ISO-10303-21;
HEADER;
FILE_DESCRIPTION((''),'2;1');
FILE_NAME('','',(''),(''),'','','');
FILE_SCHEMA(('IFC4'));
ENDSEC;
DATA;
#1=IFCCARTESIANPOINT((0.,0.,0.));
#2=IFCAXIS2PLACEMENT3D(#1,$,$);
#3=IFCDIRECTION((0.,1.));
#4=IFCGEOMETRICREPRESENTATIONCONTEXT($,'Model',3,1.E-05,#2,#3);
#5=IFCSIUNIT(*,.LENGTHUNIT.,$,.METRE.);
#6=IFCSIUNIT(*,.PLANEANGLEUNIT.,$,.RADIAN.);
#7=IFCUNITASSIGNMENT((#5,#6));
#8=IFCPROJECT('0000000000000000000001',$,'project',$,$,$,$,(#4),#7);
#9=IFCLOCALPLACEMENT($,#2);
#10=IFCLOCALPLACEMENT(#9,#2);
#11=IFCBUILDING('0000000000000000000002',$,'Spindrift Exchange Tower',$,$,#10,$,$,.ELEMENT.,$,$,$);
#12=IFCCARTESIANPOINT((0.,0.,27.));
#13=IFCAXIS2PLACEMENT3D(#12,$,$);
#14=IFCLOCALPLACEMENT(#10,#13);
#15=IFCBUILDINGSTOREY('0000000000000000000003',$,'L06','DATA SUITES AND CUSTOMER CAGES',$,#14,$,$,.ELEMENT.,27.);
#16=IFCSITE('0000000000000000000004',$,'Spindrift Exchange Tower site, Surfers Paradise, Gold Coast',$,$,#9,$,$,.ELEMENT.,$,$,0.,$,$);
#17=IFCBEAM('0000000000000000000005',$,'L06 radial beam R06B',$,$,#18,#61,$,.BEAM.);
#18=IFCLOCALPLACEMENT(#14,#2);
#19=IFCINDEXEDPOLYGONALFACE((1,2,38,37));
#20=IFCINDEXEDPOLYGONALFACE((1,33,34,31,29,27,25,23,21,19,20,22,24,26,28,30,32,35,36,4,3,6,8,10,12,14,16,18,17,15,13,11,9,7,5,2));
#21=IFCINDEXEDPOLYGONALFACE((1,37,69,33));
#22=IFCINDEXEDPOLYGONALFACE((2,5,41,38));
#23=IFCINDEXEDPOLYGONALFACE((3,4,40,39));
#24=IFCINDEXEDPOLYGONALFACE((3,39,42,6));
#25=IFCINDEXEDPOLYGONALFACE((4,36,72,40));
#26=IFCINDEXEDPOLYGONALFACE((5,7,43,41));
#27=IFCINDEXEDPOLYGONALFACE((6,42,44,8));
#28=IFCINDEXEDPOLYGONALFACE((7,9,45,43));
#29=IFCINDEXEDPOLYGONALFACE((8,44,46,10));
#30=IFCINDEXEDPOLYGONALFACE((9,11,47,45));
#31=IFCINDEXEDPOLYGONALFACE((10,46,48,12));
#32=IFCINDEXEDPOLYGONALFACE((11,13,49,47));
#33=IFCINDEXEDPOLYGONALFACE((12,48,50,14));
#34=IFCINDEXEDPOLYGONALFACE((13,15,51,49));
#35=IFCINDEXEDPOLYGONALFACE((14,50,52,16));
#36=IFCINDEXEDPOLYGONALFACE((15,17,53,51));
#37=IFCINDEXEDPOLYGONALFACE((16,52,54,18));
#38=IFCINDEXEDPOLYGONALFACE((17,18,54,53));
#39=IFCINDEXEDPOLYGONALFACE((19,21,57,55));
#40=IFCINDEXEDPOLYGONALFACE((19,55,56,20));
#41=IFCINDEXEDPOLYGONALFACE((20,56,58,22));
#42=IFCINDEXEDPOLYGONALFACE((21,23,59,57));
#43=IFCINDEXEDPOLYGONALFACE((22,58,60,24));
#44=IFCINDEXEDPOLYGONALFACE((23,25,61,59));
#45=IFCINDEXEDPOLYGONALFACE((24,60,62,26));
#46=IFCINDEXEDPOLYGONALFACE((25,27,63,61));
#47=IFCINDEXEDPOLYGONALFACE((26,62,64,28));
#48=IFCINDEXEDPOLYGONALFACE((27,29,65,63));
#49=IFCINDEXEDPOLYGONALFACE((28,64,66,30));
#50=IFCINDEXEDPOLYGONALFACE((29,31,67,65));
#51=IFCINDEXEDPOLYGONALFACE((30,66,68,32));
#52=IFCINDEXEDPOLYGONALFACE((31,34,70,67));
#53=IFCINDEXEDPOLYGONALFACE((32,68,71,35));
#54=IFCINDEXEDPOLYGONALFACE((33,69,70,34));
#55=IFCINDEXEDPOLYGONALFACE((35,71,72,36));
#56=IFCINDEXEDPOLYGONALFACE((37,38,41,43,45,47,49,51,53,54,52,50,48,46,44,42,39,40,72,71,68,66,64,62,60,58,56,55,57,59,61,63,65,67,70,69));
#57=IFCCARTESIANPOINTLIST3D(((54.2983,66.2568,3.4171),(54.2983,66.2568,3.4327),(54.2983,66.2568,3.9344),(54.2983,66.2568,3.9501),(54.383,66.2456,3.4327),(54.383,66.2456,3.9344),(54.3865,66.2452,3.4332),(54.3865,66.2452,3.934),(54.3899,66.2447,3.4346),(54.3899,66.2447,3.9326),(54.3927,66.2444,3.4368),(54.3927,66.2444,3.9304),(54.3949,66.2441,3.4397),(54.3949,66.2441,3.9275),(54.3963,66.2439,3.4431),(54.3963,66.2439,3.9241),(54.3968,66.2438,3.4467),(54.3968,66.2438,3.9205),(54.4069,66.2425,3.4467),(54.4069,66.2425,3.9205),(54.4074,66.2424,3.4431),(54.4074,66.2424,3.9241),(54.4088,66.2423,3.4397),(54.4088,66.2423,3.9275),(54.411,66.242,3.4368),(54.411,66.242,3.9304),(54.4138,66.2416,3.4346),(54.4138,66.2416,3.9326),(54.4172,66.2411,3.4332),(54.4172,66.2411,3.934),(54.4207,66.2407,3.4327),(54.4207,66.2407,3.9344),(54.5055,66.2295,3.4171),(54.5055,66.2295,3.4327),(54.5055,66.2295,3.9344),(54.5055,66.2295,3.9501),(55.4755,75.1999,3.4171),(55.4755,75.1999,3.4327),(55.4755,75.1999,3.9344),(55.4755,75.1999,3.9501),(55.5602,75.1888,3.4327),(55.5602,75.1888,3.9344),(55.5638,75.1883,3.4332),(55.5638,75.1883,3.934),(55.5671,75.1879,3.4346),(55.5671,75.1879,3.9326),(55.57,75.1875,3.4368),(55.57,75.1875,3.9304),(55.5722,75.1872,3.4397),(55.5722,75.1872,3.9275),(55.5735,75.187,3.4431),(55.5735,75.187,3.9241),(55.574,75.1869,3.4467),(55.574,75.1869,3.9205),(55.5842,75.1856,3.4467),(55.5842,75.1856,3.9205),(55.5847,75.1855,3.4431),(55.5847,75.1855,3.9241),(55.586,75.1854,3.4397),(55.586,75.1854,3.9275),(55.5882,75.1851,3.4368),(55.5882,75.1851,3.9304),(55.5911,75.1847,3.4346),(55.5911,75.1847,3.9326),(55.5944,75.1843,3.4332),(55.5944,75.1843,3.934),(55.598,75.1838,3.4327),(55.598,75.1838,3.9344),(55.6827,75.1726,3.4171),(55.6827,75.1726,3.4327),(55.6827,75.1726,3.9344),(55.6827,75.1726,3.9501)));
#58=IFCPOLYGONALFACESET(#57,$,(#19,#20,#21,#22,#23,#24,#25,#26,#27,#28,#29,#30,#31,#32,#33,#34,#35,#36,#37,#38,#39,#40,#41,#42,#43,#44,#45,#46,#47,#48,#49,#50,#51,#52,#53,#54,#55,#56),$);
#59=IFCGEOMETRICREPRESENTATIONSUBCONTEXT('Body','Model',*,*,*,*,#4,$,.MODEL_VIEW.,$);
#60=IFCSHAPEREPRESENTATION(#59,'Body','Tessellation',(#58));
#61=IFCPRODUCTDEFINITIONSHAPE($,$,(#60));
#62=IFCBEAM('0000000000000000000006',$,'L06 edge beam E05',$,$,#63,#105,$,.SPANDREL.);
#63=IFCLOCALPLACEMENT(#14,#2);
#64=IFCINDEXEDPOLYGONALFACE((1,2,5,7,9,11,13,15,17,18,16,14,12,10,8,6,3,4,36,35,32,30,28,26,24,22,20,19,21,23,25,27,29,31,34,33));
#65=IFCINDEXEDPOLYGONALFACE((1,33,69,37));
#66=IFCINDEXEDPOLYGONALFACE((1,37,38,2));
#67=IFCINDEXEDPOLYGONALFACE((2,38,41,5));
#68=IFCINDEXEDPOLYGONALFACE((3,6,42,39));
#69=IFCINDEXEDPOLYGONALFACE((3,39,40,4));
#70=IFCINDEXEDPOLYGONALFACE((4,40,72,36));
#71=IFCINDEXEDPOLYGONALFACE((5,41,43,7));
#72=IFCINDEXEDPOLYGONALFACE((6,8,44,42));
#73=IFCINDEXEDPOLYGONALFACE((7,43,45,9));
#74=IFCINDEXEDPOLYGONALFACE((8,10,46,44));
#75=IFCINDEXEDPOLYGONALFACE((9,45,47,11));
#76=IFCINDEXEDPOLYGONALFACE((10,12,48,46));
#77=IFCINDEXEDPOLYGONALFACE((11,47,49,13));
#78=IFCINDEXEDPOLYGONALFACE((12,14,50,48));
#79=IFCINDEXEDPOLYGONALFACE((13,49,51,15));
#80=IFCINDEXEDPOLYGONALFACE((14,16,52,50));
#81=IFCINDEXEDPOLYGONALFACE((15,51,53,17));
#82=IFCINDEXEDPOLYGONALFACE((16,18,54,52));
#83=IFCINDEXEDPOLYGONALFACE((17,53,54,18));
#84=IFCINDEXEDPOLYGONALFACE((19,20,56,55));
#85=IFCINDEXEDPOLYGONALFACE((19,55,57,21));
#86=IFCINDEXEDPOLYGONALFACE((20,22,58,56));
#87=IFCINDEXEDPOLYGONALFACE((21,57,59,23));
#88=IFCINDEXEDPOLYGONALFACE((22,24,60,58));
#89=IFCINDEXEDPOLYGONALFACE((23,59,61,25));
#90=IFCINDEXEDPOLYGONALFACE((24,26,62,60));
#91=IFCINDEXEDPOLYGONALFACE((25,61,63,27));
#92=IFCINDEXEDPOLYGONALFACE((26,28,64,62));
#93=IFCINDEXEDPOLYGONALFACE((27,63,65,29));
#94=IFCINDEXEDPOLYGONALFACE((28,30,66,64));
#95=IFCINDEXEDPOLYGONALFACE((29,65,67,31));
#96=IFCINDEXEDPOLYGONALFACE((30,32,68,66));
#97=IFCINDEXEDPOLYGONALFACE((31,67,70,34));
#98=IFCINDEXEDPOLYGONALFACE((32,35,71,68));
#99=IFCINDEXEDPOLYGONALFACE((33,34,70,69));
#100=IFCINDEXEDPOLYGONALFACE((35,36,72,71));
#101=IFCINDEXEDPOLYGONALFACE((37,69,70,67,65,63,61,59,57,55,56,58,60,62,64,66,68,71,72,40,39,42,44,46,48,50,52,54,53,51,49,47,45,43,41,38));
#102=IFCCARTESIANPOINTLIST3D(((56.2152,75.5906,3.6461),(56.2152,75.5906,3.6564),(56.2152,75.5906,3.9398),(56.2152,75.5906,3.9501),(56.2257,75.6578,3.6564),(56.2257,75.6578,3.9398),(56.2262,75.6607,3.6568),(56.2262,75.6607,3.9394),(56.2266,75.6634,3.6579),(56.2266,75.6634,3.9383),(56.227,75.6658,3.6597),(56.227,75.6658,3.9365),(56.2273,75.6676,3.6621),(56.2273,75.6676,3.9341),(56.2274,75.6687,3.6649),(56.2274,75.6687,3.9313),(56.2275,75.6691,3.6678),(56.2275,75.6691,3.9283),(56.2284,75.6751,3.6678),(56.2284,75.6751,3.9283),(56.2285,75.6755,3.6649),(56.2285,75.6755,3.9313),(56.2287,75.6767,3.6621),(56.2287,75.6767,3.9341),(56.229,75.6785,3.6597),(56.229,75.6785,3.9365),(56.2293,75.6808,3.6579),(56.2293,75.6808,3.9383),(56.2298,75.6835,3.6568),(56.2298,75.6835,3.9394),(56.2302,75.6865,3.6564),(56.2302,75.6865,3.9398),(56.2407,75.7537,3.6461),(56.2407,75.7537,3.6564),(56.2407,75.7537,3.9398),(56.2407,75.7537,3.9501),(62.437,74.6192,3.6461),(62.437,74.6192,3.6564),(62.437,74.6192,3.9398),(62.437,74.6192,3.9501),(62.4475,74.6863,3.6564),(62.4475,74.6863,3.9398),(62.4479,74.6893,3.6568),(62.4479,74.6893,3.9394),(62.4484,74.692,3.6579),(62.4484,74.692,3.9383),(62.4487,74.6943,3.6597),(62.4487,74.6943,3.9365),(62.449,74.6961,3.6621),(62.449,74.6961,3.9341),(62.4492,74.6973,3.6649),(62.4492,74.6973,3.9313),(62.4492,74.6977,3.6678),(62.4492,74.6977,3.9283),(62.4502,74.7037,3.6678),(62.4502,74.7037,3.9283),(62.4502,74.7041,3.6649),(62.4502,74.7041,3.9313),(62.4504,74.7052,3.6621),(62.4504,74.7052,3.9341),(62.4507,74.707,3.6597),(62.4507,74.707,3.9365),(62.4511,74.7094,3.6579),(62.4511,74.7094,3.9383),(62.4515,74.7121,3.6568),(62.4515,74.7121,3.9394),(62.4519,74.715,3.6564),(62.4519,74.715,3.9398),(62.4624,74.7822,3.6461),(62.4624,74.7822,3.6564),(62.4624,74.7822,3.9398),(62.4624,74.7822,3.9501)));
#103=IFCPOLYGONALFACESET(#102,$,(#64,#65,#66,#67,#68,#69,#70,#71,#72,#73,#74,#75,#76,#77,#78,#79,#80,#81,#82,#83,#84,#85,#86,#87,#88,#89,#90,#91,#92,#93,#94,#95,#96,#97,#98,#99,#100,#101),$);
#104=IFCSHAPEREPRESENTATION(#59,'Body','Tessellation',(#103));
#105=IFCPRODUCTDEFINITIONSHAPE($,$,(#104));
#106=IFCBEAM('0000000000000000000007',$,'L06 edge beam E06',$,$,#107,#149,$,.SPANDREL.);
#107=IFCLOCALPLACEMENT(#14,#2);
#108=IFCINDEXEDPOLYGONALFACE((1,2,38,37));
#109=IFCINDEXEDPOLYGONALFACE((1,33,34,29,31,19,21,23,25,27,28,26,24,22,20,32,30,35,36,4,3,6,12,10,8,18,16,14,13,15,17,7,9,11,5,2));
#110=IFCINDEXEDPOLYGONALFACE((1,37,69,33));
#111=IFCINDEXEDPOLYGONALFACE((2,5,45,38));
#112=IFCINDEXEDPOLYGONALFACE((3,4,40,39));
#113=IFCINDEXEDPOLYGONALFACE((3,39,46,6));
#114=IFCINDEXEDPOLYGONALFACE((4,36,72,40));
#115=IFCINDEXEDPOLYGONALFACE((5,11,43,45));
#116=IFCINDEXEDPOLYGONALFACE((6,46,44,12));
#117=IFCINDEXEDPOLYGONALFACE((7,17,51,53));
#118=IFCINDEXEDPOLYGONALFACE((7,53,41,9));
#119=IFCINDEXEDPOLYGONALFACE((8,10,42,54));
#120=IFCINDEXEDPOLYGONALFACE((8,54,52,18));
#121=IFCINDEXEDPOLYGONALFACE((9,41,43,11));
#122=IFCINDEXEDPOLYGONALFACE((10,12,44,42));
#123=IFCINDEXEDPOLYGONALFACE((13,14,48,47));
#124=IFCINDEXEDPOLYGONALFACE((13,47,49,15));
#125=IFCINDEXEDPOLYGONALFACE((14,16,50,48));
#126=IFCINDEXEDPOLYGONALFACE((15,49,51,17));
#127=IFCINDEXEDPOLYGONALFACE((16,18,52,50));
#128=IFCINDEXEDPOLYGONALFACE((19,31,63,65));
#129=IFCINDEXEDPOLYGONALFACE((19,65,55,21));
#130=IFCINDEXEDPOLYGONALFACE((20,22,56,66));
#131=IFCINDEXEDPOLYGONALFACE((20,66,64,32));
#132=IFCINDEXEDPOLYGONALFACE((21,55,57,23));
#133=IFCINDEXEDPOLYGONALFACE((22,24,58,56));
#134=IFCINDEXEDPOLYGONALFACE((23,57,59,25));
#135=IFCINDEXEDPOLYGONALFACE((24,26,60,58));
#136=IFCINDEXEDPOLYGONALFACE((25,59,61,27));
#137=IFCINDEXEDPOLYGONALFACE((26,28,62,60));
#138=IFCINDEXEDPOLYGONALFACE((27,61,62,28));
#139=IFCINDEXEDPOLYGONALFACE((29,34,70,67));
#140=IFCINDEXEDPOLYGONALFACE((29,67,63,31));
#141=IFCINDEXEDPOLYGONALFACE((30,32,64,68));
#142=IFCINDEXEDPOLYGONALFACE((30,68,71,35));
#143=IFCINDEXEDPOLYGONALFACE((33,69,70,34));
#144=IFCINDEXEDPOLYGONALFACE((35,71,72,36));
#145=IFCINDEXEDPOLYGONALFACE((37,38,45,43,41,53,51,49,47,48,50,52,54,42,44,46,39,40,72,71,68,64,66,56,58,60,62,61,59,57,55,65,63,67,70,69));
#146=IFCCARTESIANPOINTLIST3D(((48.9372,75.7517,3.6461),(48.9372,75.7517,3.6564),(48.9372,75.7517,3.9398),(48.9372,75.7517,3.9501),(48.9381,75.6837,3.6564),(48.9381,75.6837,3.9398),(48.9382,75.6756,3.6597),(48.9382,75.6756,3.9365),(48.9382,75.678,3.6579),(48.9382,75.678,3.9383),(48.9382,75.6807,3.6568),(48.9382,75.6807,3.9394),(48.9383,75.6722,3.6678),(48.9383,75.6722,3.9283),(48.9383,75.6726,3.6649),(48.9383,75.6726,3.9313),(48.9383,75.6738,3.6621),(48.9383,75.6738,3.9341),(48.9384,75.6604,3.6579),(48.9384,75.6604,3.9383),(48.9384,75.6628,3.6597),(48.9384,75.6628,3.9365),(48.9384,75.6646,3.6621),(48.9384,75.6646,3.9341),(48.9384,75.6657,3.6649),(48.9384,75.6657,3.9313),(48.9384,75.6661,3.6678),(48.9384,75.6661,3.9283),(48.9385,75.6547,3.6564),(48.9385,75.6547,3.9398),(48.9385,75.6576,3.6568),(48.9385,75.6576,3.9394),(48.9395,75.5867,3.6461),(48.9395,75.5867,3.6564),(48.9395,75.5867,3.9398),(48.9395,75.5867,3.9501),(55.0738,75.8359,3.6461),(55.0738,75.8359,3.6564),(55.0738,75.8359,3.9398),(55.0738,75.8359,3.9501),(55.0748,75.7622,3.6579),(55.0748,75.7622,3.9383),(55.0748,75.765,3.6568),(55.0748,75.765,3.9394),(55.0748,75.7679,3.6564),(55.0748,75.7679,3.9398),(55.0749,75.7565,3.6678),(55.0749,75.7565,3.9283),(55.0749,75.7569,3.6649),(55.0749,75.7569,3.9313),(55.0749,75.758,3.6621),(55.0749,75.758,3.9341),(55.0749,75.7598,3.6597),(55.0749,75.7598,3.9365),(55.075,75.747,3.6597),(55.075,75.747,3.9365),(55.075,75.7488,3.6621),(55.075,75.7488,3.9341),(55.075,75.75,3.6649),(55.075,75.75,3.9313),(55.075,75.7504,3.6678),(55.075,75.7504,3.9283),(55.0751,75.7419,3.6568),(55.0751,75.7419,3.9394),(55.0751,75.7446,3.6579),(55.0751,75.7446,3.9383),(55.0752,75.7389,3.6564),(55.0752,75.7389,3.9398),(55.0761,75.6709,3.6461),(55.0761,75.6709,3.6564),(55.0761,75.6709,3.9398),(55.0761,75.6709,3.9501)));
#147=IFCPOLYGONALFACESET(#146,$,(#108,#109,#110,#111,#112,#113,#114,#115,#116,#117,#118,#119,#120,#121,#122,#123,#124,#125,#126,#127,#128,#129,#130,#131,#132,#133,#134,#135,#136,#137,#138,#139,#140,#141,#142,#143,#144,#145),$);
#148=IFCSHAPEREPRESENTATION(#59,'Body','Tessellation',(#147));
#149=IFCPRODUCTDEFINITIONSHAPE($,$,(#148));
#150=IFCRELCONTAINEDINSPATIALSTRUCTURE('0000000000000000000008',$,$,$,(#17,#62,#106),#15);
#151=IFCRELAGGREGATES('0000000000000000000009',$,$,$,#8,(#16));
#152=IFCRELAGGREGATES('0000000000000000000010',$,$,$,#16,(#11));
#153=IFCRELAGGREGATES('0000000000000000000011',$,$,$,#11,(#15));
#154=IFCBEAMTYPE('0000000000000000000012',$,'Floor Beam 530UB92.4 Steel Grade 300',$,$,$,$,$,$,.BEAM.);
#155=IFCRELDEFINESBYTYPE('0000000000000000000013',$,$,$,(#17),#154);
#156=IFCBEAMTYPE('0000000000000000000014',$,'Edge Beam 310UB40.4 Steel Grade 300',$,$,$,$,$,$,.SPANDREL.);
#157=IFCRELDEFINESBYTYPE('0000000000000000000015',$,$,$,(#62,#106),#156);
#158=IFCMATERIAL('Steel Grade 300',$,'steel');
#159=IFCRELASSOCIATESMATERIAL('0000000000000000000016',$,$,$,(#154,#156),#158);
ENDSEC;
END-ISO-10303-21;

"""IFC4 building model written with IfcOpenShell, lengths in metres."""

from ifc_helpers import new_model, si_unit, direction, frame, origin, origin_2d, place, context, subcontext, project, spatial, i_section, extrude, source, transform, mapped, material, material_profile, profile_set, type_object, element, save


model = new_model("IFC4")

# Units and contexts
model_context = context("Model", 3, precision=1e-05, world=origin(), true_north=direction((0.0, 1.0)))
body_context = subcontext(model_context, "Body", "Model", "MODEL_VIEW")
ifc_project = project(units=[si_unit("LENGTHUNIT", "METRE"), si_unit("PLANEANGLEUNIT", "RADIAN")], contexts=[model_context])

# Site, building, storey
site_placement = place(None, origin())
site = spatial("IfcSite", under=ifc_project, at=site_placement, Name="Spindrift Exchange Tower site, Surfers Paradise, Gold Coast", CompositionType="ELEMENT", RefElevation=0.0)
building_placement = place(site_placement, origin())
building = spatial("IfcBuilding", under=site, at=building_placement, Name="Spindrift Exchange Tower", CompositionType="ELEMENT")
storey_placement = place(building_placement, frame((0.0, 0.0, 27.0)))
storey = spatial("IfcBuildingStorey", under=building, at=storey_placement, Name="L06", Description="DATA SUITES AND CUSTOMER CAGES", CompositionType="ELEMENT", Elevation=27.0)

# Beams
ifc_material_1 = material(Name="Steel Grade 300", Category="steel")
ifc_material_profile_1 = material_profile(ifc_material_1, i_section(OverallWidth=0.209, OverallDepth=0.533, WebThickness=0.0103, FlangeThickness=0.0156, FilletRadius=0.0139, at=origin_2d()), Name="530UB92.4")
ifc_profile_set_1 = profile_set([ifc_material_profile_1], Name="Steel Grade 300")
beam_type_1 = type_object("IfcBeamType", Name="Floor Beam 530UB92.4 Steel Grade 300", PredefinedType="BEAM", material=ifc_profile_set_1)
shared_shape_1 = source(origin(), body_context, "Body", "SweptSolid", [
    extrude(i_section(OverallWidth=0.209, OverallDepth=0.533, WebThickness=0.0103, FlangeThickness=0.0156, FilletRadius=0.0139, at=origin_2d()), origin(), (0.0, 0.0, 1.0), 9.0203),
])
beam_1_placement = place(storey_placement, frame((54.4019, 66.2432, 3.6836), z_axis=(0.130511, 0.991447, 0.0), x_axis=(-0.991447, 0.130511, 0.0)))
element("IfcBeam", 1, at=beam_1_placement, inside=storey, type_object=beam_type_1, Name="L06 radial beam R06B", PredefinedType="BEAM", context=body_context, shape_type="MappedRepresentation", body=[
    mapped(shared_shape_1, transform((0.0, 0.0, 0.0), scale=1.0)),
])
ifc_material_profile_2 = material_profile(ifc_material_1, i_section(OverallWidth=0.165, OverallDepth=0.304, WebThickness=0.0061, FlangeThickness=0.0103, FilletRadius=0.0115, at=origin_2d()), Name="310UB40.4")
ifc_profile_set_2 = profile_set([ifc_material_profile_2], Name="Steel Grade 300")
beam_type_2 = type_object("IfcBeamType", Name="Edge Beam 310UB40.4 Steel Grade 300", PredefinedType="SPANDREL", material=ifc_profile_set_2)
shared_shape_2 = source(origin(), body_context, "Body", "SweptSolid", [
    extrude(i_section(OverallWidth=0.165, OverallDepth=0.304, WebThickness=0.0061, FlangeThickness=0.0103, FilletRadius=0.0115, at=origin_2d()), origin(), (0.0, 0.0, 1.0), 6.2971),
])
beam_2_placement = place(storey_placement, frame((62.4497, 74.7007, 3.7981), z_axis=(-0.988029, 0.154268, 0.0), x_axis=(-0.154268, -0.988029, 0.0)))
element("IfcBeam", 2, at=beam_2_placement, inside=storey, type_object=beam_type_2, Name="L06 edge beam E05", PredefinedType="SPANDREL", context=body_context, shape_type="MappedRepresentation", body=[
    mapped(shared_shape_2, transform((0.0, 0.0, 0.0), scale=1.0)),
])
shared_shape_3 = source(origin(), body_context, "Body", "SweptSolid", [
    extrude(i_section(OverallWidth=0.165, OverallDepth=0.304, WebThickness=0.0061, FlangeThickness=0.0103, FilletRadius=0.0115, at=origin_2d()), origin(), (0.0, 0.0, 1.0), 6.1372),
])
beam_3_placement = place(storey_placement, frame((55.075, 75.7534, 3.7981), z_axis=(-0.999906, -0.013724, 0.0), x_axis=(0.013724, -0.999906, 0.0)))
element("IfcBeam", 3, at=beam_3_placement, inside=storey, type_object=beam_type_2, Name="L06 edge beam E06", PredefinedType="SPANDREL", context=body_context, shape_type="MappedRepresentation", body=[
    mapped(shared_shape_3, transform((0.0, 0.0, 0.0), scale=1.0)),
])

save(model, "model.ifc")
